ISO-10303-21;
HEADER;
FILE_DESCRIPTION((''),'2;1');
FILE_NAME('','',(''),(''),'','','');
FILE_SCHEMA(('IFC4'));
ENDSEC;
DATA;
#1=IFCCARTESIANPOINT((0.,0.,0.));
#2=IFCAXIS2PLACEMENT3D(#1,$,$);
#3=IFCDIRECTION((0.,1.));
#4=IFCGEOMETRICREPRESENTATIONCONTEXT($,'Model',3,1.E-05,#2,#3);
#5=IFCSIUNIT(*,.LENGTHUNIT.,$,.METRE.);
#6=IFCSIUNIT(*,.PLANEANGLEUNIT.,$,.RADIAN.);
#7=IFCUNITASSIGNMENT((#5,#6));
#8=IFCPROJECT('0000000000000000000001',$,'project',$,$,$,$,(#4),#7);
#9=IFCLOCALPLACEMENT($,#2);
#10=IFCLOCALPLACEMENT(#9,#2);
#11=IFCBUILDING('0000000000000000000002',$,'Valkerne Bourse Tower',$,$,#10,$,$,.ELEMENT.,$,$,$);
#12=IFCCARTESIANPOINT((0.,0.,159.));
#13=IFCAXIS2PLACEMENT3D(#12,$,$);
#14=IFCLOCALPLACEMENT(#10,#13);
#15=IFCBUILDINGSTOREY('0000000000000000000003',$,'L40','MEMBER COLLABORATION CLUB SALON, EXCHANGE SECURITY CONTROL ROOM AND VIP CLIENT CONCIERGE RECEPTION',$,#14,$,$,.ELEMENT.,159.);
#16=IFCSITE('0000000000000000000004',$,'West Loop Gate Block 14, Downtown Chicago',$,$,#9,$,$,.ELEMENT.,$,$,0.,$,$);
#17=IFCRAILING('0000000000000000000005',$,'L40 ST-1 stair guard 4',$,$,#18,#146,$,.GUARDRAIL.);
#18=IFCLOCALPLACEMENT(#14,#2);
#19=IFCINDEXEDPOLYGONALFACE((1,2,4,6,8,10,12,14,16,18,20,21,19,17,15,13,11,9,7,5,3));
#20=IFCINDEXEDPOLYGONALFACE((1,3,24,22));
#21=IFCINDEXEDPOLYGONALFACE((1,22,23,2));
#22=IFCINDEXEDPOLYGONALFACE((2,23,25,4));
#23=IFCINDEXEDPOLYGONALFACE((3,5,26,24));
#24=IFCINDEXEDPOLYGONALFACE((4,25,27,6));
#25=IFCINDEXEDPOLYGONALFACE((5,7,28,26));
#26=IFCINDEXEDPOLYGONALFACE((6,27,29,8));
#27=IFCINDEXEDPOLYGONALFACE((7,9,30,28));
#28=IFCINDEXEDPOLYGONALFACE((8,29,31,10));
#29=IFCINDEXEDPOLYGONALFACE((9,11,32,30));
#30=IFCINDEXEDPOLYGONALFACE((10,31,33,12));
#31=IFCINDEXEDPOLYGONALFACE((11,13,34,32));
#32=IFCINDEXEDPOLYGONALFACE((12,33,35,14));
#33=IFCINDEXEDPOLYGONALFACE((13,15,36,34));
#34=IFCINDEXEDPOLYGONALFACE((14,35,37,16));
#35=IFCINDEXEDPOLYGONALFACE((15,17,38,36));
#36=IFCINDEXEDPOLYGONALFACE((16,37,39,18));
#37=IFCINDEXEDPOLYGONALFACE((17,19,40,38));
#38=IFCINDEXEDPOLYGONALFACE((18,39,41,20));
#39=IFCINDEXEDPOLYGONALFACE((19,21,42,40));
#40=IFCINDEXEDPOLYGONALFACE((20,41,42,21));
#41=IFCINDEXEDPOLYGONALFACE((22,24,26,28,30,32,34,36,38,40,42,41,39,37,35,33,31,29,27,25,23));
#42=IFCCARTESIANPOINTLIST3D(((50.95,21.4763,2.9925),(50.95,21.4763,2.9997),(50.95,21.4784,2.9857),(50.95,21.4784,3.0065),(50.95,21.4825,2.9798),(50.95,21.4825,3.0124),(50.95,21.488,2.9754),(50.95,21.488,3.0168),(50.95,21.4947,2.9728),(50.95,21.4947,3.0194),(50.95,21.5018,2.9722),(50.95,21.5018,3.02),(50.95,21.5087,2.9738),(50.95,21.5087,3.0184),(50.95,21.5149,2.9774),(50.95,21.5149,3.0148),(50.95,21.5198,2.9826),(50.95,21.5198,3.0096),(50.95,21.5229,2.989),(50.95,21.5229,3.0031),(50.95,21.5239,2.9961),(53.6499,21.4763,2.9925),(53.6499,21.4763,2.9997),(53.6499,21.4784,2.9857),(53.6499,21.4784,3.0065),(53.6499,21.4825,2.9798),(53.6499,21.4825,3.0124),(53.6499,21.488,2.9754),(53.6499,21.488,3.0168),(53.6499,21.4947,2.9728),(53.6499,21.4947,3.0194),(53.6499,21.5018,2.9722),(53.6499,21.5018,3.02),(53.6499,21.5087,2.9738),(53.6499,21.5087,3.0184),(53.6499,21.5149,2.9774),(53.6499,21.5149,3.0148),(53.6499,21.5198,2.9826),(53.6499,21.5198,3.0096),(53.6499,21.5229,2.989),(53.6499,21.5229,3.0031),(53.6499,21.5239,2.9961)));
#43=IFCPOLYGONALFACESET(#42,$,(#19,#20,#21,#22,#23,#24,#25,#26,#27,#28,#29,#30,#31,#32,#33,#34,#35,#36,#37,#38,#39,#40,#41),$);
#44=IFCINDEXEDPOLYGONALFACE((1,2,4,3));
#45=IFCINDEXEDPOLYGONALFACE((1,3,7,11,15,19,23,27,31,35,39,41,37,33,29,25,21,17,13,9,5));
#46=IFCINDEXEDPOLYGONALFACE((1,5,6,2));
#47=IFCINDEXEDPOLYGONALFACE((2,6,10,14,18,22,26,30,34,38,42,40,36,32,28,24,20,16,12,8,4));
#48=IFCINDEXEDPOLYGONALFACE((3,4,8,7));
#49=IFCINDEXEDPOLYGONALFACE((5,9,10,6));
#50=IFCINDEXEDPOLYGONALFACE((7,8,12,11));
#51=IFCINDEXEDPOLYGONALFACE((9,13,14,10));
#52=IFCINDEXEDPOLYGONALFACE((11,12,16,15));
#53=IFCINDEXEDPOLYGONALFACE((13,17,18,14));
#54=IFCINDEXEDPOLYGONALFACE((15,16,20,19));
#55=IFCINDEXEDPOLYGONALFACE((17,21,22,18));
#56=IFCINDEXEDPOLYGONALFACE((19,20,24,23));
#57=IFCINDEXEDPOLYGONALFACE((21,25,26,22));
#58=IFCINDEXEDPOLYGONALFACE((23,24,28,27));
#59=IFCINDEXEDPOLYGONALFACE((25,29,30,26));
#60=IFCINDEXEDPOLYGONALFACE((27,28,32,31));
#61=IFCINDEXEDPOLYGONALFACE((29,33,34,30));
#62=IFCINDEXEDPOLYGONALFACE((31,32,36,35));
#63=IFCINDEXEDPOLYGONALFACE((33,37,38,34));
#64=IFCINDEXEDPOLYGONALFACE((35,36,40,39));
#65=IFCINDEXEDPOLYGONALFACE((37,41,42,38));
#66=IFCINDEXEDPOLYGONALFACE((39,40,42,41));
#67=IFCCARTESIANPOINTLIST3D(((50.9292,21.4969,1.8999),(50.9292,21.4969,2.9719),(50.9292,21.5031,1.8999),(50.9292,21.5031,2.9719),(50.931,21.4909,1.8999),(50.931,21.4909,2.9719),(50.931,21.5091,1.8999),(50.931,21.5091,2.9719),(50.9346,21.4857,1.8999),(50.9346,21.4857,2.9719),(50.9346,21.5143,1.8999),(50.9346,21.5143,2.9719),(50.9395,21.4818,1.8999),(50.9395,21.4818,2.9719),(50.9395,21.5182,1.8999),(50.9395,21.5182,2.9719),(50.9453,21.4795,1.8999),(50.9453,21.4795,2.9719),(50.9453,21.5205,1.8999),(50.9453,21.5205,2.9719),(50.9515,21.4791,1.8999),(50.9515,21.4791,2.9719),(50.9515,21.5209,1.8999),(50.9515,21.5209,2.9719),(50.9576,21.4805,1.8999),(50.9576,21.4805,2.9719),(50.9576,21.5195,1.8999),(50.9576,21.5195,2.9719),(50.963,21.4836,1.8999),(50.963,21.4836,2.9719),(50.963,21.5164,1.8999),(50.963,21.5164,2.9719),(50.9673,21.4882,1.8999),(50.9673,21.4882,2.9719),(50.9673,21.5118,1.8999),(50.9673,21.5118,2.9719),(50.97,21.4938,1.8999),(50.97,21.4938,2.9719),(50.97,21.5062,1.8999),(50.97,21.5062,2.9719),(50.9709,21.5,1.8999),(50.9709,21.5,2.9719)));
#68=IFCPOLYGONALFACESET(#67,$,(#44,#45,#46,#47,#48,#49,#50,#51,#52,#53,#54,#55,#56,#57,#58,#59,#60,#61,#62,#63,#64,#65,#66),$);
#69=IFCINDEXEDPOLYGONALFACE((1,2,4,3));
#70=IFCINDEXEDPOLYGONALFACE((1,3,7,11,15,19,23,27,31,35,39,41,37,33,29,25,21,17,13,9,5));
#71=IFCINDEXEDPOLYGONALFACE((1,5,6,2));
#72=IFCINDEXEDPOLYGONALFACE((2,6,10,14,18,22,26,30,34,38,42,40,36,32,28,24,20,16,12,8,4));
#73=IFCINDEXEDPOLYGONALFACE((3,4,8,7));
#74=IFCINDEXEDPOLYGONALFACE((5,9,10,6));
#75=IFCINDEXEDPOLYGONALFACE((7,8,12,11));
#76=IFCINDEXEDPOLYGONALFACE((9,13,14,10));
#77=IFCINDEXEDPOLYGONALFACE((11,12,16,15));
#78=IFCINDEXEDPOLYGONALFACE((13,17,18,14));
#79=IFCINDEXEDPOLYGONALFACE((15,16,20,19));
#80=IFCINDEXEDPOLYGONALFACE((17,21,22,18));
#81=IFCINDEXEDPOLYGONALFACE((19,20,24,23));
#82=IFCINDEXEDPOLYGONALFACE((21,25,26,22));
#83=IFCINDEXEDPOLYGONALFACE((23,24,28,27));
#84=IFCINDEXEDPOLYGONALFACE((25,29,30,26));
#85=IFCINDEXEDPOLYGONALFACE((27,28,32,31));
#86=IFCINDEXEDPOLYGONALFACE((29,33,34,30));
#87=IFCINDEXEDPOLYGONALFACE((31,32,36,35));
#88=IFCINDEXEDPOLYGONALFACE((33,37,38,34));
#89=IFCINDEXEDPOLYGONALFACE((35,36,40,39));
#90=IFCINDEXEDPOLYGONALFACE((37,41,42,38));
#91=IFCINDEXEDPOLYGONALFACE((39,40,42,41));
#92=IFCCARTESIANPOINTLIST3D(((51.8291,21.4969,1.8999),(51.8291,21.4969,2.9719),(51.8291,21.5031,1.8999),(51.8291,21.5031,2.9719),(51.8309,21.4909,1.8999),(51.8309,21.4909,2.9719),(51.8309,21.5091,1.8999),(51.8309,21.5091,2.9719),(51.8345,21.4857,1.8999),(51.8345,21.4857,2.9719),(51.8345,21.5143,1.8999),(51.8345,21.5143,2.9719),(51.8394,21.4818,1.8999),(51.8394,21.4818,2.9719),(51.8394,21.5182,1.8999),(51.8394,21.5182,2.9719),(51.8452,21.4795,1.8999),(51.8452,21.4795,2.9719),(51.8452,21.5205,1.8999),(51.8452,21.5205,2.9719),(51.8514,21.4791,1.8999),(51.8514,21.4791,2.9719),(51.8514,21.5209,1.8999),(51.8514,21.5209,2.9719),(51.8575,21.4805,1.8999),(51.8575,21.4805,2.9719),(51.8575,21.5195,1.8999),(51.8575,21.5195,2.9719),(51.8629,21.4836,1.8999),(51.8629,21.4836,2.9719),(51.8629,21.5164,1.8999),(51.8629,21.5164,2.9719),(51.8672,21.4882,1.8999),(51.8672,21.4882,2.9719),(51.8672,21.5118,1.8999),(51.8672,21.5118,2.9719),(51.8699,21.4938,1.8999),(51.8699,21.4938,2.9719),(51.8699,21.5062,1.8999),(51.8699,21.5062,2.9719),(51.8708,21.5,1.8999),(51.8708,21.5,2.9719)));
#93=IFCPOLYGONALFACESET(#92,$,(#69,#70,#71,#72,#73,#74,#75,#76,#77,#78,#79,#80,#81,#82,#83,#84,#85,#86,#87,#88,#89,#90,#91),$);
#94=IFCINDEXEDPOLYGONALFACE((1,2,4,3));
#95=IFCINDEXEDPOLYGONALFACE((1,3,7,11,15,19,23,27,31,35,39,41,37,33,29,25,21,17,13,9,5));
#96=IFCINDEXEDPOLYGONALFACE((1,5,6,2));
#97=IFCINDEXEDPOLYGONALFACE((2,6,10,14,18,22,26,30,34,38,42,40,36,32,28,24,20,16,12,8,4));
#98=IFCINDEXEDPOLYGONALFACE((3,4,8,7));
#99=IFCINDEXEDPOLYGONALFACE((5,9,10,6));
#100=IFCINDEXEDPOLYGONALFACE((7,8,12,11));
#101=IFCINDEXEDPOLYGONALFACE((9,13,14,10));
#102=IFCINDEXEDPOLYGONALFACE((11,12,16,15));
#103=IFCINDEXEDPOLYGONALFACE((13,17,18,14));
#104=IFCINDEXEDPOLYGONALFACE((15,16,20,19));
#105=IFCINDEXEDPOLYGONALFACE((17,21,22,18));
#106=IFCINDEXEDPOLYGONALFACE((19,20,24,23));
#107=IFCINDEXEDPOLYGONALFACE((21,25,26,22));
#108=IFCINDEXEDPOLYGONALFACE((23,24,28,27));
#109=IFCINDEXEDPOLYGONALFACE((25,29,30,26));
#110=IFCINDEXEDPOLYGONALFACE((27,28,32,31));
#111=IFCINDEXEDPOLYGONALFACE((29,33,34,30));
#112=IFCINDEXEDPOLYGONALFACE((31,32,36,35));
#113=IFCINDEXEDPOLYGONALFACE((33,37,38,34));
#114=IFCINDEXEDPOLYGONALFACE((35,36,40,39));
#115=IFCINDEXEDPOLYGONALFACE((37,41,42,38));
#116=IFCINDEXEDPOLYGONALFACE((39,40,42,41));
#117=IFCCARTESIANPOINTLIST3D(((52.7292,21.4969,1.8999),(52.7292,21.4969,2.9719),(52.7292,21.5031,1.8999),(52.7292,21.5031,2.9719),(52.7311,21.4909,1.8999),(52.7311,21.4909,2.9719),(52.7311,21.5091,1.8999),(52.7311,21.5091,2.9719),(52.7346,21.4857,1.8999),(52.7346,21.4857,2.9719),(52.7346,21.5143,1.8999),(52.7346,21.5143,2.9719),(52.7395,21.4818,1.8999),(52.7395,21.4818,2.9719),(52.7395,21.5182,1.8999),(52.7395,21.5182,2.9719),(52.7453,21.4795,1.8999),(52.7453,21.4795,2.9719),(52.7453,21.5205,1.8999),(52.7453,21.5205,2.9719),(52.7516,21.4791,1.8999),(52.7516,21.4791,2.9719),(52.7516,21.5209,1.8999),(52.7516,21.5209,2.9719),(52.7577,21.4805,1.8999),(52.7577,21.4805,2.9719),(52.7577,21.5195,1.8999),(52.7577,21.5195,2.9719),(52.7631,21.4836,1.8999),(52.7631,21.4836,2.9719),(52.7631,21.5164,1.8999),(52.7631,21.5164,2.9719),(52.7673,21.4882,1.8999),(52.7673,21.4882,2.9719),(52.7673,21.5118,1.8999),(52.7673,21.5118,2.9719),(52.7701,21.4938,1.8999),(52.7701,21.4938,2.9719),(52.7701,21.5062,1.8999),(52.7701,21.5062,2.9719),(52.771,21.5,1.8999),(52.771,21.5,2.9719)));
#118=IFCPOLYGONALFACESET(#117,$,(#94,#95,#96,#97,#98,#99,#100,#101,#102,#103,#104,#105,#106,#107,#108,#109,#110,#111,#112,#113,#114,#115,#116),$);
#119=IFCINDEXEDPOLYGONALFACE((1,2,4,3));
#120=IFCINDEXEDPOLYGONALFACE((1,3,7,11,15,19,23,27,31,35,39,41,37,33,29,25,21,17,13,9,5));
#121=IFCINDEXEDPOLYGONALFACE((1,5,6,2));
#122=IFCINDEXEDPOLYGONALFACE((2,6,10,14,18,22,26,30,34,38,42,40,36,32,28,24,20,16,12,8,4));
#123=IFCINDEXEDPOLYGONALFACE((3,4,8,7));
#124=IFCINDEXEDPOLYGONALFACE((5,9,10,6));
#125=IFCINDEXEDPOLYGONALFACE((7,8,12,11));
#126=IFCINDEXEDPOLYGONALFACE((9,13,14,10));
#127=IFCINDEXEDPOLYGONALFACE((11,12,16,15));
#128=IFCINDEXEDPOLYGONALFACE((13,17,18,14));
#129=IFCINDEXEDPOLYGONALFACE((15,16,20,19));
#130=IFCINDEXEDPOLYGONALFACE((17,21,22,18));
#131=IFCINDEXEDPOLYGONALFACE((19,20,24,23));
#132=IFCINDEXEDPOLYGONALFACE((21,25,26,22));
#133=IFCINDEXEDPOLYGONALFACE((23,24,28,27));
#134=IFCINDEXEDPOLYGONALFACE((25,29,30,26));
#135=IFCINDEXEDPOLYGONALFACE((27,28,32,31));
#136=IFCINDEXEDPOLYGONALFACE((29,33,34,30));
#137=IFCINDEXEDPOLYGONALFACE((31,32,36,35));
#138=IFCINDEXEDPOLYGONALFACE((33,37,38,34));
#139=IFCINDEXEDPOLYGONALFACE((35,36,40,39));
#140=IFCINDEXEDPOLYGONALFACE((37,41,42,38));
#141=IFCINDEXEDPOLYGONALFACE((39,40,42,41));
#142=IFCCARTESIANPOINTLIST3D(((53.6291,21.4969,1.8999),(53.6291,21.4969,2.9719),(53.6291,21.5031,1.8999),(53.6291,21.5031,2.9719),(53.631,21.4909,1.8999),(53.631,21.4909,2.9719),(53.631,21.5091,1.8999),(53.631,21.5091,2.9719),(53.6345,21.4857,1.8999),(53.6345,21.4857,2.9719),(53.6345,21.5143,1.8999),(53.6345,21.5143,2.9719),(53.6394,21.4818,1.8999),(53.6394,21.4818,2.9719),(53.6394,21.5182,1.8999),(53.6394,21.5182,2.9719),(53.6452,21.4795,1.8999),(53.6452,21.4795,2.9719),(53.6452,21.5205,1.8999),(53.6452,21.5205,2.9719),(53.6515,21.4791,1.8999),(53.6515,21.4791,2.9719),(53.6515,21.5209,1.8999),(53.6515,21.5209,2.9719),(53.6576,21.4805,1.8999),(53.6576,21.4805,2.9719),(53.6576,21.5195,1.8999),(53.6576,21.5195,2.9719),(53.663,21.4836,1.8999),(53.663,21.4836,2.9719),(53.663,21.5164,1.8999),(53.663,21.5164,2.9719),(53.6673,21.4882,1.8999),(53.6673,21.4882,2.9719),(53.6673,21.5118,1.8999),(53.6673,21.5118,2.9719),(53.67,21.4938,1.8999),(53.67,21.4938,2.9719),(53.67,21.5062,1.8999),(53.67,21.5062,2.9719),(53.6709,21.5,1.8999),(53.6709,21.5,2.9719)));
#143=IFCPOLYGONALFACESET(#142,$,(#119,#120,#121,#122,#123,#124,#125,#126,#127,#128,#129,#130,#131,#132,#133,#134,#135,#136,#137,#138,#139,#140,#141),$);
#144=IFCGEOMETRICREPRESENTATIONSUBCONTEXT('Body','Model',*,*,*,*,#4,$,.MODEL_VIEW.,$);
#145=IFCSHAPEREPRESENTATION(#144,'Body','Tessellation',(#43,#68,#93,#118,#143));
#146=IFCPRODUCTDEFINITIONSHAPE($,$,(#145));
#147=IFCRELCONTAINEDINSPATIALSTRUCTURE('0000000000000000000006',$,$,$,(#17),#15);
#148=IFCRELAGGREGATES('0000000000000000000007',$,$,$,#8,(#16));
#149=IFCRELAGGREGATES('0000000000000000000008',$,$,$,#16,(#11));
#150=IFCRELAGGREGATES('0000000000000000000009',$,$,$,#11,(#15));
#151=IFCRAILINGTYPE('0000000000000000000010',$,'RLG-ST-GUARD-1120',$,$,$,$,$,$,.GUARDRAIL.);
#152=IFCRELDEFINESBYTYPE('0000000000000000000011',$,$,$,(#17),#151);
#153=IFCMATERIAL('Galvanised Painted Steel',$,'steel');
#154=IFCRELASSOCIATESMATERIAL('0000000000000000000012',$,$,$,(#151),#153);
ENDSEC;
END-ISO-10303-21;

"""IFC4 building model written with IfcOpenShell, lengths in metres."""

from ifc_helpers import new_model, si_unit, direction, frame, origin, origin_2d, place, context, subcontext, project, spatial, circle, extrude, material, type_object, element, save


model = new_model("IFC4")

# Units and contexts
model_context = context("Model", 3, precision=1e-05, world=origin(), true_north=direction((0.0, 1.0)))
body_context = subcontext(model_context, "Body", "Model", "MODEL_VIEW")
ifc_project = project(units=[si_unit("LENGTHUNIT", "METRE"), si_unit("PLANEANGLEUNIT", "RADIAN")], contexts=[model_context])

# Site, building, storey
site_placement = place(None, origin())
site = spatial("IfcSite", under=ifc_project, at=site_placement, Name="West Loop Gate Block 14, Downtown Chicago", CompositionType="ELEMENT", RefElevation=0.0)
building_placement = place(site_placement, origin())
building = spatial("IfcBuilding", under=site, at=building_placement, Name="Valkerne Bourse Tower", CompositionType="ELEMENT")
storey_placement = place(building_placement, frame((0.0, 0.0, 159.0)))
storey = spatial("IfcBuildingStorey", under=building, at=storey_placement, Name="L40", Description="MEMBER COLLABORATION CLUB SALON, EXCHANGE SECURITY CONTROL ROOM AND VIP CLIENT CONCIERGE RECEPTION", CompositionType="ELEMENT", Elevation=159.0)

# Shared definitions
ifc_material_1 = material(Name="Galvanised Painted Steel", Category="steel")

# Railing
railing_type_1 = type_object("IfcRailingType", Name="RLG-ST-GUARD-1120", PredefinedType="GUARDRAIL", material=ifc_material_1)
for number, where, name in (
    (1, (50.95, 21.5, 1.8999), "L40 ST-1 stair guard 4"),
):
    element("IfcRailing", number, at=place(storey_placement, frame(where)), inside=storey, type_object=railing_type_1, Name=name, PredefinedType="GUARDRAIL", context=body_context, shape_type="SweptSolid", body=[
        extrude(circle(Radius=0.0239, at=origin_2d()), frame((0.0, 0.0, 1.0962), z_axis=(1.0, 0.0, 0.0), x_axis=(0.0, 1.0, 0.0)), (0.0, 0.0, 1.0), 2.7),
        extrude(circle(Radius=0.021, at=origin_2d()), origin(), (0.0, 0.0, 1.0), 1.072),
        extrude(circle(Radius=0.021, at=origin_2d()), frame((0.8999, 0.0, 0.0)), (0.0, 0.0, 1.0), 1.072),
        extrude(circle(Radius=0.021, at=origin_2d()), frame((1.8, 0.0, 0.0)), (0.0, 0.0, 1.0), 1.072),
        extrude(circle(Radius=0.021, at=origin_2d()), frame((2.7, 0.0, 0.0)), (0.0, 0.0, 1.0), 1.072),
    ])

save(model, "model.ifc")
